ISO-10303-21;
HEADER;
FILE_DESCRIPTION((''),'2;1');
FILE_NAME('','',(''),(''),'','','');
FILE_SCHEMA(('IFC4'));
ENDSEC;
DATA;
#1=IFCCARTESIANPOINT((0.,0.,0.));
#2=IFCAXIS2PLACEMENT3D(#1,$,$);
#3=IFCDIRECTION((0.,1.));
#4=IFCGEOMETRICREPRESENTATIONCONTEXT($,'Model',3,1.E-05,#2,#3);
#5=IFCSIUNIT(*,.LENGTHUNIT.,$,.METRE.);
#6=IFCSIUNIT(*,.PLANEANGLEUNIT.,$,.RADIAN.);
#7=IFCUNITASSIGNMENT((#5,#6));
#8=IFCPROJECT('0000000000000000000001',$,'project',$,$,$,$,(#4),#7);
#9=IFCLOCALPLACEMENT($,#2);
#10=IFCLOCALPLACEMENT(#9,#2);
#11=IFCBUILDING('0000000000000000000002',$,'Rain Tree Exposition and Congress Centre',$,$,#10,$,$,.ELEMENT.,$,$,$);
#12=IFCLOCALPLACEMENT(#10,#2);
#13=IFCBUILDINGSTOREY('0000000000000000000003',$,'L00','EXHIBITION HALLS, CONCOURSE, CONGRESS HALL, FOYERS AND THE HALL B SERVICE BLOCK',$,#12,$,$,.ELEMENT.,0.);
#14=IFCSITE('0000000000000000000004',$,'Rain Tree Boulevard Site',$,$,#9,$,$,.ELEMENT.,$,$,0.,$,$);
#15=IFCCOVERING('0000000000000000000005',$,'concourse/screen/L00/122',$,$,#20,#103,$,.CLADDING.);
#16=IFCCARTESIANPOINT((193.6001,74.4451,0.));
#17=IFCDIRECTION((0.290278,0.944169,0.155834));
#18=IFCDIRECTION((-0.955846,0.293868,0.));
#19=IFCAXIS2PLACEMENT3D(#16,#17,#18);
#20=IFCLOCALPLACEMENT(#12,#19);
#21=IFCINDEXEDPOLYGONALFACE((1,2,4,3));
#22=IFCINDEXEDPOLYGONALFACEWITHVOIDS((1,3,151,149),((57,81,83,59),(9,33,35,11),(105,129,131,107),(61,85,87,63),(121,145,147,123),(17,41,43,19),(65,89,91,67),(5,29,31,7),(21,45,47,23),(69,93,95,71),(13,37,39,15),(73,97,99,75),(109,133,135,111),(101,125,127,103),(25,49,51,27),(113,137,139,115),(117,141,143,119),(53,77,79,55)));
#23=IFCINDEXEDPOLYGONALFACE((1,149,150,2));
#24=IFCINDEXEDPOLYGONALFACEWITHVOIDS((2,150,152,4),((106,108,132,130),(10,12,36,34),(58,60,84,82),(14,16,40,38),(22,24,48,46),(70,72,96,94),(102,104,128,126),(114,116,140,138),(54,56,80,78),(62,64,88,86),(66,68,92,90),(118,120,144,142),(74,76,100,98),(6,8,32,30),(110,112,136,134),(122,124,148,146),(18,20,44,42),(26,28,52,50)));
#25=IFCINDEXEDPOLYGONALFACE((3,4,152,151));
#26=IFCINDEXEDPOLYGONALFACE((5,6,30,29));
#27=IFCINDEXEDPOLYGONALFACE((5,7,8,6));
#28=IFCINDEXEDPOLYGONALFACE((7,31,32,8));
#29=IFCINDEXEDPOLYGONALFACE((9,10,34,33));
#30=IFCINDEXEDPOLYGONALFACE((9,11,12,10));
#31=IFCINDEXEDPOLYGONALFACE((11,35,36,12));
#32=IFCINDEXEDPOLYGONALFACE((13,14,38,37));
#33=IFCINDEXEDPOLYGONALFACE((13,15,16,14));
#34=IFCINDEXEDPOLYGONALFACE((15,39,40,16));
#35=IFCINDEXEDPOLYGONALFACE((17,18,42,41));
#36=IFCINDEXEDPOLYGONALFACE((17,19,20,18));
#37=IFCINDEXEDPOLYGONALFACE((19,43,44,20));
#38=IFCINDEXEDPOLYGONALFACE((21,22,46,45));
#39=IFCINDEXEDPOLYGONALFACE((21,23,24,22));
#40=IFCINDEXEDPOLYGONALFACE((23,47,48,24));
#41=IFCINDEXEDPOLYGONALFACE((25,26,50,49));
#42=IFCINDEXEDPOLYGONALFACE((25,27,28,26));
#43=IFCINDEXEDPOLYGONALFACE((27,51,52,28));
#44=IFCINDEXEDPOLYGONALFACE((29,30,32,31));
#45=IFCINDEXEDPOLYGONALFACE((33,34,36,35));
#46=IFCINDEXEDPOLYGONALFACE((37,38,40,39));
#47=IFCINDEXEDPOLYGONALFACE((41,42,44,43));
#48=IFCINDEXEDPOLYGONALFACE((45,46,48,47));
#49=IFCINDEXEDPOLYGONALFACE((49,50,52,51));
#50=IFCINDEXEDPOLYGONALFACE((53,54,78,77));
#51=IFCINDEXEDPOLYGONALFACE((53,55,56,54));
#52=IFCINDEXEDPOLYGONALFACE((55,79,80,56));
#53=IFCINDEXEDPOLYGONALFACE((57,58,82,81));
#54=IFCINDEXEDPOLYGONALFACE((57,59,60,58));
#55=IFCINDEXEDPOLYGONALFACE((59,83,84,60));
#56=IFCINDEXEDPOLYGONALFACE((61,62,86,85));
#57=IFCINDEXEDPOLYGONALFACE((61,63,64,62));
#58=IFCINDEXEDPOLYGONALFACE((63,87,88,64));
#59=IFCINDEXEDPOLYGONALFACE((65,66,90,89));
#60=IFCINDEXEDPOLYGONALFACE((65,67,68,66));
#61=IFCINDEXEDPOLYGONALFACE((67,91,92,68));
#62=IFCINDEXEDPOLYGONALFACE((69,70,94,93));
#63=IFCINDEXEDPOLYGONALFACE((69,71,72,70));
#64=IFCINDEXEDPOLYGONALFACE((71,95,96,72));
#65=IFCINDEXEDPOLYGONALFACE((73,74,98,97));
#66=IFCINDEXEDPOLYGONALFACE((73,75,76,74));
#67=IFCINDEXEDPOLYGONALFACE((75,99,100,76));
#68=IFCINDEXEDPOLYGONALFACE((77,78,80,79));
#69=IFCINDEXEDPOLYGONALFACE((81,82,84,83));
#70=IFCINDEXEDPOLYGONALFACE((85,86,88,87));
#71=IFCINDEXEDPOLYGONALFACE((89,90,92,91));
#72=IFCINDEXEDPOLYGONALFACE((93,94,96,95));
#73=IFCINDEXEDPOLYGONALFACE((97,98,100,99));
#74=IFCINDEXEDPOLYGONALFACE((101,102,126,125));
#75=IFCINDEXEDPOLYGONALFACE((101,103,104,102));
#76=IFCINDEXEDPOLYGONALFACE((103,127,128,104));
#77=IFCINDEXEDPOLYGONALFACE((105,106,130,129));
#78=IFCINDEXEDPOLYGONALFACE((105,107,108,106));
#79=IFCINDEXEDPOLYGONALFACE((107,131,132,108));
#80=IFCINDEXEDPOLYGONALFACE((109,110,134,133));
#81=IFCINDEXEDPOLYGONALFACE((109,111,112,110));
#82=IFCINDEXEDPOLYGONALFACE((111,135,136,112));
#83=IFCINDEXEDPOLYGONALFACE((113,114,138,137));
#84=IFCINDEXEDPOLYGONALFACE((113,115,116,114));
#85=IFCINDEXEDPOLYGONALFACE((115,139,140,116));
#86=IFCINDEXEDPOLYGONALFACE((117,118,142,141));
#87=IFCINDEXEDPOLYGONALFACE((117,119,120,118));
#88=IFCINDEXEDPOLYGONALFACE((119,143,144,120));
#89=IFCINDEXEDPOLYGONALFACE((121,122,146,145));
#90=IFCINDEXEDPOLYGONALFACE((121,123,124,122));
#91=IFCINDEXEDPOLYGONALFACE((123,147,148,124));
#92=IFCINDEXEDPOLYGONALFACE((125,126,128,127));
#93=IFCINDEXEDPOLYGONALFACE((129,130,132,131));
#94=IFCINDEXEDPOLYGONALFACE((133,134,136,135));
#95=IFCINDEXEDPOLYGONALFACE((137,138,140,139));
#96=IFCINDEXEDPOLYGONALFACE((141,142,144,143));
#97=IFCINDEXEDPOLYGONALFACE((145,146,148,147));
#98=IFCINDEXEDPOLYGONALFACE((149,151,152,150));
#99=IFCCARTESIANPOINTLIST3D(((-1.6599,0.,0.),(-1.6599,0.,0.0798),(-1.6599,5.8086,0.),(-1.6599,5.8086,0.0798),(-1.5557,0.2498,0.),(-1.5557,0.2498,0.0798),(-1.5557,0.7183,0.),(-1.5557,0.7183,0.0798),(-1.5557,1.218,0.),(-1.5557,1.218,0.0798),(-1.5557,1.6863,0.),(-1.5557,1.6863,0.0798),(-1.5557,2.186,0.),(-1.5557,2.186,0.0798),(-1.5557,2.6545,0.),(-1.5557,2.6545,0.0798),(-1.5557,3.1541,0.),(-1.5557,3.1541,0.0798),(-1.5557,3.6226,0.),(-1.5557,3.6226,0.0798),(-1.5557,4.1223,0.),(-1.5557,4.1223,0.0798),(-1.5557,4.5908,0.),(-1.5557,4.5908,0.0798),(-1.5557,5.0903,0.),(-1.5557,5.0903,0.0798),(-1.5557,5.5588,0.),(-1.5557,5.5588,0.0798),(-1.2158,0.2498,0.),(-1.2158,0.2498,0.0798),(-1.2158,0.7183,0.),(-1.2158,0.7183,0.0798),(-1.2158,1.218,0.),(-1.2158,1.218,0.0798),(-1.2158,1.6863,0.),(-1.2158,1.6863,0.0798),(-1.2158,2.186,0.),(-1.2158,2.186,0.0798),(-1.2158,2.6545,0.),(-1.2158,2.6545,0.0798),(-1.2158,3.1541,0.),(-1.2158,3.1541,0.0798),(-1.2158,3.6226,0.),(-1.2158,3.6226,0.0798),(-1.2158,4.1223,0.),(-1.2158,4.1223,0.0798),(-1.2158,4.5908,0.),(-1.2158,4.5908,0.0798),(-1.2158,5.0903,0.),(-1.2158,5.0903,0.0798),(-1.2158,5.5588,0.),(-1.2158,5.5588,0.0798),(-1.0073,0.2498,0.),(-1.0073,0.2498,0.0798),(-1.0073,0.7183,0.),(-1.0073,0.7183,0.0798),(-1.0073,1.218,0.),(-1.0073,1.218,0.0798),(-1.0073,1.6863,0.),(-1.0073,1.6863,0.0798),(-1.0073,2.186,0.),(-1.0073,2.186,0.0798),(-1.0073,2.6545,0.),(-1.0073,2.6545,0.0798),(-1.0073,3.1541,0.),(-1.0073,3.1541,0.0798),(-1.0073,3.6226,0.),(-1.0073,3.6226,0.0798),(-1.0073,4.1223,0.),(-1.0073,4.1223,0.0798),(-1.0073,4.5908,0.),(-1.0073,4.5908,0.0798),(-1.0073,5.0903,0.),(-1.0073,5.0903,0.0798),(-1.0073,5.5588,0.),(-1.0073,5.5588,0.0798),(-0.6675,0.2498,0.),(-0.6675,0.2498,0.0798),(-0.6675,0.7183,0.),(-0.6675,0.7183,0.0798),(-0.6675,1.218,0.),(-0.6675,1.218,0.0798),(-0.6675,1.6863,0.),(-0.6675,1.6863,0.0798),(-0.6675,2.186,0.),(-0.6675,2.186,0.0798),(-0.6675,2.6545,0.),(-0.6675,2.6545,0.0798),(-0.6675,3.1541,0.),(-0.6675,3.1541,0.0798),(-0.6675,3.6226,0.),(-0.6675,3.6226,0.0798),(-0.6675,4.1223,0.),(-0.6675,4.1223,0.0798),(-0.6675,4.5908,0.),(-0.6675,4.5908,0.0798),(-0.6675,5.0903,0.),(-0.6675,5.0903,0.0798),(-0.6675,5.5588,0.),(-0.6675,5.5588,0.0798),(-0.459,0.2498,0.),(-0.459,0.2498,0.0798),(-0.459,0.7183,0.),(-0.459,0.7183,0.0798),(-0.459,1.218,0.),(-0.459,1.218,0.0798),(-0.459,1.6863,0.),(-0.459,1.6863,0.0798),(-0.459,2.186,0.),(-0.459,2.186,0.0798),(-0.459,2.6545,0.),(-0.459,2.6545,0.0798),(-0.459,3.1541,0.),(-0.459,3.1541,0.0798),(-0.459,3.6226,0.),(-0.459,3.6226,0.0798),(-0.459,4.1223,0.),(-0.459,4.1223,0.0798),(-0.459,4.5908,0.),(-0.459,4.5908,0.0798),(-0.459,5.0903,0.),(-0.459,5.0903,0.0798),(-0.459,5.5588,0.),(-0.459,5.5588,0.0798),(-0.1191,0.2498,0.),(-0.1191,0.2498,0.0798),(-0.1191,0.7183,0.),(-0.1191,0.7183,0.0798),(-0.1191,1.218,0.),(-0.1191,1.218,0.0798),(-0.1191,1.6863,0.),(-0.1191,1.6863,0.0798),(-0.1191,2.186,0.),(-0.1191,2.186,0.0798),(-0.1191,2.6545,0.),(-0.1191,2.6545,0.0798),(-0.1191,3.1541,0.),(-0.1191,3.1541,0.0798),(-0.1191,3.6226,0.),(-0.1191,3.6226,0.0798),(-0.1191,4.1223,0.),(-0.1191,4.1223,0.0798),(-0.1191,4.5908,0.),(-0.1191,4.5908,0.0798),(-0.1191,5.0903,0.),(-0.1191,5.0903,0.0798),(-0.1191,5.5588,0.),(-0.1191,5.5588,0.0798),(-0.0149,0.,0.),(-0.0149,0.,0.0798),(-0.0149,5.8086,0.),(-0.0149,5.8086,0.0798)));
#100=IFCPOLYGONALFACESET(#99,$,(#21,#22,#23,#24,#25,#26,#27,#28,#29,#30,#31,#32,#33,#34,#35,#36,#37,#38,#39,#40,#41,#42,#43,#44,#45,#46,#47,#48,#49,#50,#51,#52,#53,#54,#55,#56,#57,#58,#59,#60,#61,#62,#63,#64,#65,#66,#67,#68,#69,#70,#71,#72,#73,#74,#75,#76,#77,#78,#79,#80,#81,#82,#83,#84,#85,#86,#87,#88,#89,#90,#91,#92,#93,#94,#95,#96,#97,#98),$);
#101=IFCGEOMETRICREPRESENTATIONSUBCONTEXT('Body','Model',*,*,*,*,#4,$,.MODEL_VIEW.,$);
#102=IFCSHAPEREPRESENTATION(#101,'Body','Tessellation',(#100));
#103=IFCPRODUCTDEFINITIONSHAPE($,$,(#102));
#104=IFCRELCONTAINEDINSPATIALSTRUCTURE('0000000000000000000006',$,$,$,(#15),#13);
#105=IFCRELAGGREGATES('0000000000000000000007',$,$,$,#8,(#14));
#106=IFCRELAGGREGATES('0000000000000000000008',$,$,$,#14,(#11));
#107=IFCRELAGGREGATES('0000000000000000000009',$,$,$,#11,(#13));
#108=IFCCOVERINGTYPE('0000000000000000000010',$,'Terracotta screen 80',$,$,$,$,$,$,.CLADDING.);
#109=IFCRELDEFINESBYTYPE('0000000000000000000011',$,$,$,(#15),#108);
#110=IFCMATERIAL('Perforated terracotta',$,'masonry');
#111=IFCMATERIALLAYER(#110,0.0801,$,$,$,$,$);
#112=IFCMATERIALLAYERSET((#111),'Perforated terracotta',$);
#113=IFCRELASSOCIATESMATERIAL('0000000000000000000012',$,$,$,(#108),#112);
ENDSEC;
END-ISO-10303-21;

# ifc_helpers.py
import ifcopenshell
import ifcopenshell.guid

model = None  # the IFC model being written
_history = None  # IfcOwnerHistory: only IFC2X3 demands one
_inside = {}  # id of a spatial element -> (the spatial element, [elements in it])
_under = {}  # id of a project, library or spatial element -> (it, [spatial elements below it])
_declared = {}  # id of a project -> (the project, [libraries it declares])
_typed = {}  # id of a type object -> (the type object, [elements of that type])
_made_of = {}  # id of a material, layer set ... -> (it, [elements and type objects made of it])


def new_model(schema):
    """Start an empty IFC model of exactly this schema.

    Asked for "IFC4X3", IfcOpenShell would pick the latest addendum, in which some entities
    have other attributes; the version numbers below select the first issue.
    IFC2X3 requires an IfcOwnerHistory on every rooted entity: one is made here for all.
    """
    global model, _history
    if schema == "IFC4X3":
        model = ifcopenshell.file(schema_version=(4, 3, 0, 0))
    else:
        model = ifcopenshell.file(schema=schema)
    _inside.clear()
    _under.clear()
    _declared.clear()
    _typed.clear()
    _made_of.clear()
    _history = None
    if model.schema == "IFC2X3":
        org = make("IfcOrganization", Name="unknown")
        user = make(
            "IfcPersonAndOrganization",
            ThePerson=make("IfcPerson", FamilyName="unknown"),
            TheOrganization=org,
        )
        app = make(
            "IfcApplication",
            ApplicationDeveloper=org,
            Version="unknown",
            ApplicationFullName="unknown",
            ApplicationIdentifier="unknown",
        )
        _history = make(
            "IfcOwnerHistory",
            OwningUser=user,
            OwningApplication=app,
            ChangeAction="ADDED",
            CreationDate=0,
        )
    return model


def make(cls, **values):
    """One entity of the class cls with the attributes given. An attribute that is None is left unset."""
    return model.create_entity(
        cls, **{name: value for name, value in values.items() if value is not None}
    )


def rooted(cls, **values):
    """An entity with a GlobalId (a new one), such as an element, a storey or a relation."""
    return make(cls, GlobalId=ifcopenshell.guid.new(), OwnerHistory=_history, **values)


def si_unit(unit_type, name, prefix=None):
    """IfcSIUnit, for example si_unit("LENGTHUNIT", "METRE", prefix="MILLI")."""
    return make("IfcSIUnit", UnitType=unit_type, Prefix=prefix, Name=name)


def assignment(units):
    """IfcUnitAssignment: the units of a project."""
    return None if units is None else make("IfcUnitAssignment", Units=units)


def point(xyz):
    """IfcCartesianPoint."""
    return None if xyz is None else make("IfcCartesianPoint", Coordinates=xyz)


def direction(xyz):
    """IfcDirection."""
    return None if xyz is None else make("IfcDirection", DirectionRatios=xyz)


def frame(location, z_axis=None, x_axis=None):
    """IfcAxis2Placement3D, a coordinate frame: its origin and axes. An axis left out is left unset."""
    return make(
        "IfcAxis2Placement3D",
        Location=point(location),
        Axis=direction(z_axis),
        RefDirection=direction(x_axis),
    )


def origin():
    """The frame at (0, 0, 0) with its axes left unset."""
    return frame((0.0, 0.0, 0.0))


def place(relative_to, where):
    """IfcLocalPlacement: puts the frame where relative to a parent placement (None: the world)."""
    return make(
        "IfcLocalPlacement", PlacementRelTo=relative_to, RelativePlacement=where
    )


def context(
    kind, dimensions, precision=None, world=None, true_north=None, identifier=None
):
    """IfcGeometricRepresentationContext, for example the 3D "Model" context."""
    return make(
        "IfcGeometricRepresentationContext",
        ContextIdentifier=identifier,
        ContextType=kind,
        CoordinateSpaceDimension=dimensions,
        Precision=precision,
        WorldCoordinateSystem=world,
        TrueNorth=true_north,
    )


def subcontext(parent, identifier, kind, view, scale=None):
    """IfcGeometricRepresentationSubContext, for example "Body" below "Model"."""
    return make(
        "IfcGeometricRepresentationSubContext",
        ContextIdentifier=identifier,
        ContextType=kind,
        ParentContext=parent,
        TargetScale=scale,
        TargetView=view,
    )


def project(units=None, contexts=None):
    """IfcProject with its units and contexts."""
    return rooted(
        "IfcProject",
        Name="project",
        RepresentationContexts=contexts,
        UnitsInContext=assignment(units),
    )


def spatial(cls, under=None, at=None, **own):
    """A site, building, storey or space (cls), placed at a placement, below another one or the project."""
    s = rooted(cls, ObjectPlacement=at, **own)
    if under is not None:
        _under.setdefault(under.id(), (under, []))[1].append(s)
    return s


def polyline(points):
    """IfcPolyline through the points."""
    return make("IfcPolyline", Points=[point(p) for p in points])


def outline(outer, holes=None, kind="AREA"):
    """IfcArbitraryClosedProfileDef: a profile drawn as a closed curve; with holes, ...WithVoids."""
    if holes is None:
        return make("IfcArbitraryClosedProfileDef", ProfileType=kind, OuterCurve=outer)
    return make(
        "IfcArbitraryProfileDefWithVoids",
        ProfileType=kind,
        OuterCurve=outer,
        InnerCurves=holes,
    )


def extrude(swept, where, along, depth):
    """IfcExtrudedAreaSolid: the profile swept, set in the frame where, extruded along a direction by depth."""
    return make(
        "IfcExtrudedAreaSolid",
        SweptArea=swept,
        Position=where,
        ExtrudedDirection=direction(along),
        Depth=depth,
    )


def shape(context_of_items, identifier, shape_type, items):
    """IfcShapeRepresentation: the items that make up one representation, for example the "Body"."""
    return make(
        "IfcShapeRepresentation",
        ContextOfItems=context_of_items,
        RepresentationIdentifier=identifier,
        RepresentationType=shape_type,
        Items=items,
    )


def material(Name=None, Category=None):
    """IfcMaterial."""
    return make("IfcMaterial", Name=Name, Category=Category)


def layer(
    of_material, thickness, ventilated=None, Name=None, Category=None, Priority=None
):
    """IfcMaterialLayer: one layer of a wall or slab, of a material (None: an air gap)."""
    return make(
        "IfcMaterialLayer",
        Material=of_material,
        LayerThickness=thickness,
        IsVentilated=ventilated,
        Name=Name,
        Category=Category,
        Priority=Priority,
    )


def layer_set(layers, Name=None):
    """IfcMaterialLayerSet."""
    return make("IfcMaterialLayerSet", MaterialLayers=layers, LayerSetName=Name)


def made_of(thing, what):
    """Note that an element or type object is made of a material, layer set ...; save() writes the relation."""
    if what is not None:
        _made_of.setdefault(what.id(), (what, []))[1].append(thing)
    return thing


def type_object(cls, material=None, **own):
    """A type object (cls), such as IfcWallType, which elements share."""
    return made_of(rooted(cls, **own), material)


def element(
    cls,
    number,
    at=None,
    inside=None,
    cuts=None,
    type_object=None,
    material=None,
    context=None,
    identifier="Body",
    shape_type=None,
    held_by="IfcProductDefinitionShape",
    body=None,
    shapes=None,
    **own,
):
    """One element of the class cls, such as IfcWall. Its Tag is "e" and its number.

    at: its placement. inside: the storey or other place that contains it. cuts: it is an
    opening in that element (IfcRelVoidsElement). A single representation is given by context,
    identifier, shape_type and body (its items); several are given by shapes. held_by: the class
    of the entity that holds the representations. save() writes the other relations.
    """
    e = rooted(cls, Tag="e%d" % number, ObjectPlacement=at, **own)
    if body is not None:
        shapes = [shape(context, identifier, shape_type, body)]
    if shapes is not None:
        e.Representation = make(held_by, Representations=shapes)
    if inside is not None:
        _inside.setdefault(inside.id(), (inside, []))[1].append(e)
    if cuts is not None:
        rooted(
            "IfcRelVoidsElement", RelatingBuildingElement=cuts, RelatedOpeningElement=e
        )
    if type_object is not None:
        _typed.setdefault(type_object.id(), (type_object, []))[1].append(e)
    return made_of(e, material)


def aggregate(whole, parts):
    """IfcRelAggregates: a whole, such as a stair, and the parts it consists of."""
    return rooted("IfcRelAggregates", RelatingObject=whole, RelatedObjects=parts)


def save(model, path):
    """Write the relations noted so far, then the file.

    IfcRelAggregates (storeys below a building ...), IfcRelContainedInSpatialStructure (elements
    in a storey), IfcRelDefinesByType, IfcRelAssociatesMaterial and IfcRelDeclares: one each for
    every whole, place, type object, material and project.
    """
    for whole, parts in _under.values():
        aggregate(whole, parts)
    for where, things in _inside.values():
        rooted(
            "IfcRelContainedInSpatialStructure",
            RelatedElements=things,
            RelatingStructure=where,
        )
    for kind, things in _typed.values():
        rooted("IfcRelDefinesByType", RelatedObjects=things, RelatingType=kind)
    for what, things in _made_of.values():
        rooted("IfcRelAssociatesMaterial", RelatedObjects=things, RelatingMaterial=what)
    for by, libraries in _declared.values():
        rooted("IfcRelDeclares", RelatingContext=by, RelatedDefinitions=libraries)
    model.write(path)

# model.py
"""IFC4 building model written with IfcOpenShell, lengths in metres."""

from ifc_helpers import new_model, si_unit, direction, frame, origin, place, context, subcontext, project, spatial, polyline, outline, extrude, material, layer, layer_set, type_object, element, save


model = new_model("IFC4")

# Units and contexts
model_context = context("Model", 3, precision=1e-05, world=origin(), true_north=direction((0.0, 1.0)))
body_context = subcontext(model_context, "Body", "Model", "MODEL_VIEW")
ifc_project = project(units=[si_unit("LENGTHUNIT", "METRE"), si_unit("PLANEANGLEUNIT", "RADIAN")], contexts=[model_context])

# Site, building, storey
site_placement = place(None, origin())
site = spatial("IfcSite", under=ifc_project, at=site_placement, Name="Rain Tree Boulevard Site", CompositionType="ELEMENT", RefElevation=0.0)
building_placement = place(site_placement, origin())
building = spatial("IfcBuilding", under=site, at=building_placement, Name="Rain Tree Exposition and Congress Centre", CompositionType="ELEMENT")
storey_placement = place(building_placement, origin())
storey = spatial("IfcBuildingStorey", under=building, at=storey_placement, Name="L00", Description="EXHIBITION HALLS, CONCOURSE, CONGRESS HALL, FOYERS AND THE HALL B SERVICE BLOCK", CompositionType="ELEMENT", Elevation=0.0)

# Covering
ifc_material_1 = material(Name="Perforated terracotta", Category="masonry")
ifc_layer_1 = layer(ifc_material_1, 0.0801)
ifc_layer_set_1 = layer_set([ifc_layer_1], Name="Perforated terracotta")
covering_type = type_object("IfcCoveringType", Name="Terracotta screen 80", PredefinedType="CLADDING", material=ifc_layer_set_1)
covering_1_placement = place(storey_placement, frame((193.6001, 74.4451, 0.0), z_axis=(0.290278, 0.944169, 0.155834), x_axis=(-0.955846, 0.293868, 0.0)))
element("IfcCovering", 1, at=covering_1_placement, inside=storey, type_object=covering_type, Name="concourse/screen/L00/122", PredefinedType="CLADDING", context=body_context, shape_type="SweptSolid", body=[
    extrude(outline(polyline([(-0.0149, 0.0), (-1.6599, 0.0), (-1.6599, 5.8086), (-0.0149, 5.8086), (-0.0149, 0.0)]), holes=[polyline([(-0.1191, 0.2498), (-0.1191, 0.7183), (-0.459, 0.7183), (-0.459, 0.2498), (-0.1191, 0.2498)]), polyline([(-0.1191, 1.218), (-0.1191, 1.6863), (-0.459, 1.6863), (-0.459, 1.218), (-0.1191, 1.218)]), polyline([(-0.1191, 2.186), (-0.1191, 2.6545), (-0.459, 2.6545), (-0.459, 2.186), (-0.1191, 2.186)]), polyline([(-0.1191, 3.1541), (-0.1191, 3.6226), (-0.459, 3.6226), (-0.459, 3.1541), (-0.1191, 3.1541)]), polyline([(-0.1191, 4.1223), (-0.1191, 4.5908), (-0.459, 4.5908), (-0.459, 4.1223), (-0.1191, 4.1223)]), polyline([(-0.1191, 5.0903), (-0.1191, 5.5588), (-0.459, 5.5588), (-0.459, 5.0903), (-0.1191, 5.0903)]), polyline([(-0.6675, 0.2498), (-0.6675, 0.7183), (-1.0073, 0.7183), (-1.0073, 0.2498), (-0.6675, 0.2498)]), polyline([(-0.6675, 1.218), (-0.6675, 1.6863), (-1.0073, 1.6863), (-1.0073, 1.218), (-0.6675, 1.218)]), polyline([(-0.6675, 2.186), (-0.6675, 2.6545), (-1.0073, 2.6545), (-1.0073, 2.186), (-0.6675, 2.186)]), polyline([(-0.6675, 3.1541), (-0.6675, 3.6226), (-1.0073, 3.6226), (-1.0073, 3.1541), (-0.6675, 3.1541)]), polyline([(-0.6675, 4.1223), (-0.6675, 4.5908), (-1.0073, 4.5908), (-1.0073, 4.1223), (-0.6675, 4.1223)]), polyline([(-0.6675, 5.0903), (-0.6675, 5.5588), (-1.0073, 5.5588), (-1.0073, 5.0903), (-0.6675, 5.0903)]), polyline([(-1.2158, 0.2498), (-1.2158, 0.7183), (-1.5557, 0.7183), (-1.5557, 0.2498), (-1.2158, 0.2498)]), polyline([(-1.2158, 1.218), (-1.2158, 1.6863), (-1.5557, 1.6863), (-1.5557, 1.218), (-1.2158, 1.218)]), polyline([(-1.2158, 2.186), (-1.2158, 2.6545), (-1.5557, 2.6545), (-1.5557, 2.186), (-1.2158, 2.186)]), polyline([(-1.2158, 3.1541), (-1.2158, 3.6226), (-1.5557, 3.6226), (-1.5557, 3.1541), (-1.2158, 3.1541)]), polyline([(-1.2158, 4.1223), (-1.2158, 4.5908), (-1.5557, 4.5908), (-1.5557, 4.1223), (-1.2158, 4.1223)]), polyline([(-1.2158, 5.0903), (-1.2158, 5.5588), (-1.5557, 5.5588), (-1.5557, 5.0903), (-1.2158, 5.0903)])]), origin(), (0.0, 0.0, 1.0), 0.0798),
])

save(model, "model.ifc")
